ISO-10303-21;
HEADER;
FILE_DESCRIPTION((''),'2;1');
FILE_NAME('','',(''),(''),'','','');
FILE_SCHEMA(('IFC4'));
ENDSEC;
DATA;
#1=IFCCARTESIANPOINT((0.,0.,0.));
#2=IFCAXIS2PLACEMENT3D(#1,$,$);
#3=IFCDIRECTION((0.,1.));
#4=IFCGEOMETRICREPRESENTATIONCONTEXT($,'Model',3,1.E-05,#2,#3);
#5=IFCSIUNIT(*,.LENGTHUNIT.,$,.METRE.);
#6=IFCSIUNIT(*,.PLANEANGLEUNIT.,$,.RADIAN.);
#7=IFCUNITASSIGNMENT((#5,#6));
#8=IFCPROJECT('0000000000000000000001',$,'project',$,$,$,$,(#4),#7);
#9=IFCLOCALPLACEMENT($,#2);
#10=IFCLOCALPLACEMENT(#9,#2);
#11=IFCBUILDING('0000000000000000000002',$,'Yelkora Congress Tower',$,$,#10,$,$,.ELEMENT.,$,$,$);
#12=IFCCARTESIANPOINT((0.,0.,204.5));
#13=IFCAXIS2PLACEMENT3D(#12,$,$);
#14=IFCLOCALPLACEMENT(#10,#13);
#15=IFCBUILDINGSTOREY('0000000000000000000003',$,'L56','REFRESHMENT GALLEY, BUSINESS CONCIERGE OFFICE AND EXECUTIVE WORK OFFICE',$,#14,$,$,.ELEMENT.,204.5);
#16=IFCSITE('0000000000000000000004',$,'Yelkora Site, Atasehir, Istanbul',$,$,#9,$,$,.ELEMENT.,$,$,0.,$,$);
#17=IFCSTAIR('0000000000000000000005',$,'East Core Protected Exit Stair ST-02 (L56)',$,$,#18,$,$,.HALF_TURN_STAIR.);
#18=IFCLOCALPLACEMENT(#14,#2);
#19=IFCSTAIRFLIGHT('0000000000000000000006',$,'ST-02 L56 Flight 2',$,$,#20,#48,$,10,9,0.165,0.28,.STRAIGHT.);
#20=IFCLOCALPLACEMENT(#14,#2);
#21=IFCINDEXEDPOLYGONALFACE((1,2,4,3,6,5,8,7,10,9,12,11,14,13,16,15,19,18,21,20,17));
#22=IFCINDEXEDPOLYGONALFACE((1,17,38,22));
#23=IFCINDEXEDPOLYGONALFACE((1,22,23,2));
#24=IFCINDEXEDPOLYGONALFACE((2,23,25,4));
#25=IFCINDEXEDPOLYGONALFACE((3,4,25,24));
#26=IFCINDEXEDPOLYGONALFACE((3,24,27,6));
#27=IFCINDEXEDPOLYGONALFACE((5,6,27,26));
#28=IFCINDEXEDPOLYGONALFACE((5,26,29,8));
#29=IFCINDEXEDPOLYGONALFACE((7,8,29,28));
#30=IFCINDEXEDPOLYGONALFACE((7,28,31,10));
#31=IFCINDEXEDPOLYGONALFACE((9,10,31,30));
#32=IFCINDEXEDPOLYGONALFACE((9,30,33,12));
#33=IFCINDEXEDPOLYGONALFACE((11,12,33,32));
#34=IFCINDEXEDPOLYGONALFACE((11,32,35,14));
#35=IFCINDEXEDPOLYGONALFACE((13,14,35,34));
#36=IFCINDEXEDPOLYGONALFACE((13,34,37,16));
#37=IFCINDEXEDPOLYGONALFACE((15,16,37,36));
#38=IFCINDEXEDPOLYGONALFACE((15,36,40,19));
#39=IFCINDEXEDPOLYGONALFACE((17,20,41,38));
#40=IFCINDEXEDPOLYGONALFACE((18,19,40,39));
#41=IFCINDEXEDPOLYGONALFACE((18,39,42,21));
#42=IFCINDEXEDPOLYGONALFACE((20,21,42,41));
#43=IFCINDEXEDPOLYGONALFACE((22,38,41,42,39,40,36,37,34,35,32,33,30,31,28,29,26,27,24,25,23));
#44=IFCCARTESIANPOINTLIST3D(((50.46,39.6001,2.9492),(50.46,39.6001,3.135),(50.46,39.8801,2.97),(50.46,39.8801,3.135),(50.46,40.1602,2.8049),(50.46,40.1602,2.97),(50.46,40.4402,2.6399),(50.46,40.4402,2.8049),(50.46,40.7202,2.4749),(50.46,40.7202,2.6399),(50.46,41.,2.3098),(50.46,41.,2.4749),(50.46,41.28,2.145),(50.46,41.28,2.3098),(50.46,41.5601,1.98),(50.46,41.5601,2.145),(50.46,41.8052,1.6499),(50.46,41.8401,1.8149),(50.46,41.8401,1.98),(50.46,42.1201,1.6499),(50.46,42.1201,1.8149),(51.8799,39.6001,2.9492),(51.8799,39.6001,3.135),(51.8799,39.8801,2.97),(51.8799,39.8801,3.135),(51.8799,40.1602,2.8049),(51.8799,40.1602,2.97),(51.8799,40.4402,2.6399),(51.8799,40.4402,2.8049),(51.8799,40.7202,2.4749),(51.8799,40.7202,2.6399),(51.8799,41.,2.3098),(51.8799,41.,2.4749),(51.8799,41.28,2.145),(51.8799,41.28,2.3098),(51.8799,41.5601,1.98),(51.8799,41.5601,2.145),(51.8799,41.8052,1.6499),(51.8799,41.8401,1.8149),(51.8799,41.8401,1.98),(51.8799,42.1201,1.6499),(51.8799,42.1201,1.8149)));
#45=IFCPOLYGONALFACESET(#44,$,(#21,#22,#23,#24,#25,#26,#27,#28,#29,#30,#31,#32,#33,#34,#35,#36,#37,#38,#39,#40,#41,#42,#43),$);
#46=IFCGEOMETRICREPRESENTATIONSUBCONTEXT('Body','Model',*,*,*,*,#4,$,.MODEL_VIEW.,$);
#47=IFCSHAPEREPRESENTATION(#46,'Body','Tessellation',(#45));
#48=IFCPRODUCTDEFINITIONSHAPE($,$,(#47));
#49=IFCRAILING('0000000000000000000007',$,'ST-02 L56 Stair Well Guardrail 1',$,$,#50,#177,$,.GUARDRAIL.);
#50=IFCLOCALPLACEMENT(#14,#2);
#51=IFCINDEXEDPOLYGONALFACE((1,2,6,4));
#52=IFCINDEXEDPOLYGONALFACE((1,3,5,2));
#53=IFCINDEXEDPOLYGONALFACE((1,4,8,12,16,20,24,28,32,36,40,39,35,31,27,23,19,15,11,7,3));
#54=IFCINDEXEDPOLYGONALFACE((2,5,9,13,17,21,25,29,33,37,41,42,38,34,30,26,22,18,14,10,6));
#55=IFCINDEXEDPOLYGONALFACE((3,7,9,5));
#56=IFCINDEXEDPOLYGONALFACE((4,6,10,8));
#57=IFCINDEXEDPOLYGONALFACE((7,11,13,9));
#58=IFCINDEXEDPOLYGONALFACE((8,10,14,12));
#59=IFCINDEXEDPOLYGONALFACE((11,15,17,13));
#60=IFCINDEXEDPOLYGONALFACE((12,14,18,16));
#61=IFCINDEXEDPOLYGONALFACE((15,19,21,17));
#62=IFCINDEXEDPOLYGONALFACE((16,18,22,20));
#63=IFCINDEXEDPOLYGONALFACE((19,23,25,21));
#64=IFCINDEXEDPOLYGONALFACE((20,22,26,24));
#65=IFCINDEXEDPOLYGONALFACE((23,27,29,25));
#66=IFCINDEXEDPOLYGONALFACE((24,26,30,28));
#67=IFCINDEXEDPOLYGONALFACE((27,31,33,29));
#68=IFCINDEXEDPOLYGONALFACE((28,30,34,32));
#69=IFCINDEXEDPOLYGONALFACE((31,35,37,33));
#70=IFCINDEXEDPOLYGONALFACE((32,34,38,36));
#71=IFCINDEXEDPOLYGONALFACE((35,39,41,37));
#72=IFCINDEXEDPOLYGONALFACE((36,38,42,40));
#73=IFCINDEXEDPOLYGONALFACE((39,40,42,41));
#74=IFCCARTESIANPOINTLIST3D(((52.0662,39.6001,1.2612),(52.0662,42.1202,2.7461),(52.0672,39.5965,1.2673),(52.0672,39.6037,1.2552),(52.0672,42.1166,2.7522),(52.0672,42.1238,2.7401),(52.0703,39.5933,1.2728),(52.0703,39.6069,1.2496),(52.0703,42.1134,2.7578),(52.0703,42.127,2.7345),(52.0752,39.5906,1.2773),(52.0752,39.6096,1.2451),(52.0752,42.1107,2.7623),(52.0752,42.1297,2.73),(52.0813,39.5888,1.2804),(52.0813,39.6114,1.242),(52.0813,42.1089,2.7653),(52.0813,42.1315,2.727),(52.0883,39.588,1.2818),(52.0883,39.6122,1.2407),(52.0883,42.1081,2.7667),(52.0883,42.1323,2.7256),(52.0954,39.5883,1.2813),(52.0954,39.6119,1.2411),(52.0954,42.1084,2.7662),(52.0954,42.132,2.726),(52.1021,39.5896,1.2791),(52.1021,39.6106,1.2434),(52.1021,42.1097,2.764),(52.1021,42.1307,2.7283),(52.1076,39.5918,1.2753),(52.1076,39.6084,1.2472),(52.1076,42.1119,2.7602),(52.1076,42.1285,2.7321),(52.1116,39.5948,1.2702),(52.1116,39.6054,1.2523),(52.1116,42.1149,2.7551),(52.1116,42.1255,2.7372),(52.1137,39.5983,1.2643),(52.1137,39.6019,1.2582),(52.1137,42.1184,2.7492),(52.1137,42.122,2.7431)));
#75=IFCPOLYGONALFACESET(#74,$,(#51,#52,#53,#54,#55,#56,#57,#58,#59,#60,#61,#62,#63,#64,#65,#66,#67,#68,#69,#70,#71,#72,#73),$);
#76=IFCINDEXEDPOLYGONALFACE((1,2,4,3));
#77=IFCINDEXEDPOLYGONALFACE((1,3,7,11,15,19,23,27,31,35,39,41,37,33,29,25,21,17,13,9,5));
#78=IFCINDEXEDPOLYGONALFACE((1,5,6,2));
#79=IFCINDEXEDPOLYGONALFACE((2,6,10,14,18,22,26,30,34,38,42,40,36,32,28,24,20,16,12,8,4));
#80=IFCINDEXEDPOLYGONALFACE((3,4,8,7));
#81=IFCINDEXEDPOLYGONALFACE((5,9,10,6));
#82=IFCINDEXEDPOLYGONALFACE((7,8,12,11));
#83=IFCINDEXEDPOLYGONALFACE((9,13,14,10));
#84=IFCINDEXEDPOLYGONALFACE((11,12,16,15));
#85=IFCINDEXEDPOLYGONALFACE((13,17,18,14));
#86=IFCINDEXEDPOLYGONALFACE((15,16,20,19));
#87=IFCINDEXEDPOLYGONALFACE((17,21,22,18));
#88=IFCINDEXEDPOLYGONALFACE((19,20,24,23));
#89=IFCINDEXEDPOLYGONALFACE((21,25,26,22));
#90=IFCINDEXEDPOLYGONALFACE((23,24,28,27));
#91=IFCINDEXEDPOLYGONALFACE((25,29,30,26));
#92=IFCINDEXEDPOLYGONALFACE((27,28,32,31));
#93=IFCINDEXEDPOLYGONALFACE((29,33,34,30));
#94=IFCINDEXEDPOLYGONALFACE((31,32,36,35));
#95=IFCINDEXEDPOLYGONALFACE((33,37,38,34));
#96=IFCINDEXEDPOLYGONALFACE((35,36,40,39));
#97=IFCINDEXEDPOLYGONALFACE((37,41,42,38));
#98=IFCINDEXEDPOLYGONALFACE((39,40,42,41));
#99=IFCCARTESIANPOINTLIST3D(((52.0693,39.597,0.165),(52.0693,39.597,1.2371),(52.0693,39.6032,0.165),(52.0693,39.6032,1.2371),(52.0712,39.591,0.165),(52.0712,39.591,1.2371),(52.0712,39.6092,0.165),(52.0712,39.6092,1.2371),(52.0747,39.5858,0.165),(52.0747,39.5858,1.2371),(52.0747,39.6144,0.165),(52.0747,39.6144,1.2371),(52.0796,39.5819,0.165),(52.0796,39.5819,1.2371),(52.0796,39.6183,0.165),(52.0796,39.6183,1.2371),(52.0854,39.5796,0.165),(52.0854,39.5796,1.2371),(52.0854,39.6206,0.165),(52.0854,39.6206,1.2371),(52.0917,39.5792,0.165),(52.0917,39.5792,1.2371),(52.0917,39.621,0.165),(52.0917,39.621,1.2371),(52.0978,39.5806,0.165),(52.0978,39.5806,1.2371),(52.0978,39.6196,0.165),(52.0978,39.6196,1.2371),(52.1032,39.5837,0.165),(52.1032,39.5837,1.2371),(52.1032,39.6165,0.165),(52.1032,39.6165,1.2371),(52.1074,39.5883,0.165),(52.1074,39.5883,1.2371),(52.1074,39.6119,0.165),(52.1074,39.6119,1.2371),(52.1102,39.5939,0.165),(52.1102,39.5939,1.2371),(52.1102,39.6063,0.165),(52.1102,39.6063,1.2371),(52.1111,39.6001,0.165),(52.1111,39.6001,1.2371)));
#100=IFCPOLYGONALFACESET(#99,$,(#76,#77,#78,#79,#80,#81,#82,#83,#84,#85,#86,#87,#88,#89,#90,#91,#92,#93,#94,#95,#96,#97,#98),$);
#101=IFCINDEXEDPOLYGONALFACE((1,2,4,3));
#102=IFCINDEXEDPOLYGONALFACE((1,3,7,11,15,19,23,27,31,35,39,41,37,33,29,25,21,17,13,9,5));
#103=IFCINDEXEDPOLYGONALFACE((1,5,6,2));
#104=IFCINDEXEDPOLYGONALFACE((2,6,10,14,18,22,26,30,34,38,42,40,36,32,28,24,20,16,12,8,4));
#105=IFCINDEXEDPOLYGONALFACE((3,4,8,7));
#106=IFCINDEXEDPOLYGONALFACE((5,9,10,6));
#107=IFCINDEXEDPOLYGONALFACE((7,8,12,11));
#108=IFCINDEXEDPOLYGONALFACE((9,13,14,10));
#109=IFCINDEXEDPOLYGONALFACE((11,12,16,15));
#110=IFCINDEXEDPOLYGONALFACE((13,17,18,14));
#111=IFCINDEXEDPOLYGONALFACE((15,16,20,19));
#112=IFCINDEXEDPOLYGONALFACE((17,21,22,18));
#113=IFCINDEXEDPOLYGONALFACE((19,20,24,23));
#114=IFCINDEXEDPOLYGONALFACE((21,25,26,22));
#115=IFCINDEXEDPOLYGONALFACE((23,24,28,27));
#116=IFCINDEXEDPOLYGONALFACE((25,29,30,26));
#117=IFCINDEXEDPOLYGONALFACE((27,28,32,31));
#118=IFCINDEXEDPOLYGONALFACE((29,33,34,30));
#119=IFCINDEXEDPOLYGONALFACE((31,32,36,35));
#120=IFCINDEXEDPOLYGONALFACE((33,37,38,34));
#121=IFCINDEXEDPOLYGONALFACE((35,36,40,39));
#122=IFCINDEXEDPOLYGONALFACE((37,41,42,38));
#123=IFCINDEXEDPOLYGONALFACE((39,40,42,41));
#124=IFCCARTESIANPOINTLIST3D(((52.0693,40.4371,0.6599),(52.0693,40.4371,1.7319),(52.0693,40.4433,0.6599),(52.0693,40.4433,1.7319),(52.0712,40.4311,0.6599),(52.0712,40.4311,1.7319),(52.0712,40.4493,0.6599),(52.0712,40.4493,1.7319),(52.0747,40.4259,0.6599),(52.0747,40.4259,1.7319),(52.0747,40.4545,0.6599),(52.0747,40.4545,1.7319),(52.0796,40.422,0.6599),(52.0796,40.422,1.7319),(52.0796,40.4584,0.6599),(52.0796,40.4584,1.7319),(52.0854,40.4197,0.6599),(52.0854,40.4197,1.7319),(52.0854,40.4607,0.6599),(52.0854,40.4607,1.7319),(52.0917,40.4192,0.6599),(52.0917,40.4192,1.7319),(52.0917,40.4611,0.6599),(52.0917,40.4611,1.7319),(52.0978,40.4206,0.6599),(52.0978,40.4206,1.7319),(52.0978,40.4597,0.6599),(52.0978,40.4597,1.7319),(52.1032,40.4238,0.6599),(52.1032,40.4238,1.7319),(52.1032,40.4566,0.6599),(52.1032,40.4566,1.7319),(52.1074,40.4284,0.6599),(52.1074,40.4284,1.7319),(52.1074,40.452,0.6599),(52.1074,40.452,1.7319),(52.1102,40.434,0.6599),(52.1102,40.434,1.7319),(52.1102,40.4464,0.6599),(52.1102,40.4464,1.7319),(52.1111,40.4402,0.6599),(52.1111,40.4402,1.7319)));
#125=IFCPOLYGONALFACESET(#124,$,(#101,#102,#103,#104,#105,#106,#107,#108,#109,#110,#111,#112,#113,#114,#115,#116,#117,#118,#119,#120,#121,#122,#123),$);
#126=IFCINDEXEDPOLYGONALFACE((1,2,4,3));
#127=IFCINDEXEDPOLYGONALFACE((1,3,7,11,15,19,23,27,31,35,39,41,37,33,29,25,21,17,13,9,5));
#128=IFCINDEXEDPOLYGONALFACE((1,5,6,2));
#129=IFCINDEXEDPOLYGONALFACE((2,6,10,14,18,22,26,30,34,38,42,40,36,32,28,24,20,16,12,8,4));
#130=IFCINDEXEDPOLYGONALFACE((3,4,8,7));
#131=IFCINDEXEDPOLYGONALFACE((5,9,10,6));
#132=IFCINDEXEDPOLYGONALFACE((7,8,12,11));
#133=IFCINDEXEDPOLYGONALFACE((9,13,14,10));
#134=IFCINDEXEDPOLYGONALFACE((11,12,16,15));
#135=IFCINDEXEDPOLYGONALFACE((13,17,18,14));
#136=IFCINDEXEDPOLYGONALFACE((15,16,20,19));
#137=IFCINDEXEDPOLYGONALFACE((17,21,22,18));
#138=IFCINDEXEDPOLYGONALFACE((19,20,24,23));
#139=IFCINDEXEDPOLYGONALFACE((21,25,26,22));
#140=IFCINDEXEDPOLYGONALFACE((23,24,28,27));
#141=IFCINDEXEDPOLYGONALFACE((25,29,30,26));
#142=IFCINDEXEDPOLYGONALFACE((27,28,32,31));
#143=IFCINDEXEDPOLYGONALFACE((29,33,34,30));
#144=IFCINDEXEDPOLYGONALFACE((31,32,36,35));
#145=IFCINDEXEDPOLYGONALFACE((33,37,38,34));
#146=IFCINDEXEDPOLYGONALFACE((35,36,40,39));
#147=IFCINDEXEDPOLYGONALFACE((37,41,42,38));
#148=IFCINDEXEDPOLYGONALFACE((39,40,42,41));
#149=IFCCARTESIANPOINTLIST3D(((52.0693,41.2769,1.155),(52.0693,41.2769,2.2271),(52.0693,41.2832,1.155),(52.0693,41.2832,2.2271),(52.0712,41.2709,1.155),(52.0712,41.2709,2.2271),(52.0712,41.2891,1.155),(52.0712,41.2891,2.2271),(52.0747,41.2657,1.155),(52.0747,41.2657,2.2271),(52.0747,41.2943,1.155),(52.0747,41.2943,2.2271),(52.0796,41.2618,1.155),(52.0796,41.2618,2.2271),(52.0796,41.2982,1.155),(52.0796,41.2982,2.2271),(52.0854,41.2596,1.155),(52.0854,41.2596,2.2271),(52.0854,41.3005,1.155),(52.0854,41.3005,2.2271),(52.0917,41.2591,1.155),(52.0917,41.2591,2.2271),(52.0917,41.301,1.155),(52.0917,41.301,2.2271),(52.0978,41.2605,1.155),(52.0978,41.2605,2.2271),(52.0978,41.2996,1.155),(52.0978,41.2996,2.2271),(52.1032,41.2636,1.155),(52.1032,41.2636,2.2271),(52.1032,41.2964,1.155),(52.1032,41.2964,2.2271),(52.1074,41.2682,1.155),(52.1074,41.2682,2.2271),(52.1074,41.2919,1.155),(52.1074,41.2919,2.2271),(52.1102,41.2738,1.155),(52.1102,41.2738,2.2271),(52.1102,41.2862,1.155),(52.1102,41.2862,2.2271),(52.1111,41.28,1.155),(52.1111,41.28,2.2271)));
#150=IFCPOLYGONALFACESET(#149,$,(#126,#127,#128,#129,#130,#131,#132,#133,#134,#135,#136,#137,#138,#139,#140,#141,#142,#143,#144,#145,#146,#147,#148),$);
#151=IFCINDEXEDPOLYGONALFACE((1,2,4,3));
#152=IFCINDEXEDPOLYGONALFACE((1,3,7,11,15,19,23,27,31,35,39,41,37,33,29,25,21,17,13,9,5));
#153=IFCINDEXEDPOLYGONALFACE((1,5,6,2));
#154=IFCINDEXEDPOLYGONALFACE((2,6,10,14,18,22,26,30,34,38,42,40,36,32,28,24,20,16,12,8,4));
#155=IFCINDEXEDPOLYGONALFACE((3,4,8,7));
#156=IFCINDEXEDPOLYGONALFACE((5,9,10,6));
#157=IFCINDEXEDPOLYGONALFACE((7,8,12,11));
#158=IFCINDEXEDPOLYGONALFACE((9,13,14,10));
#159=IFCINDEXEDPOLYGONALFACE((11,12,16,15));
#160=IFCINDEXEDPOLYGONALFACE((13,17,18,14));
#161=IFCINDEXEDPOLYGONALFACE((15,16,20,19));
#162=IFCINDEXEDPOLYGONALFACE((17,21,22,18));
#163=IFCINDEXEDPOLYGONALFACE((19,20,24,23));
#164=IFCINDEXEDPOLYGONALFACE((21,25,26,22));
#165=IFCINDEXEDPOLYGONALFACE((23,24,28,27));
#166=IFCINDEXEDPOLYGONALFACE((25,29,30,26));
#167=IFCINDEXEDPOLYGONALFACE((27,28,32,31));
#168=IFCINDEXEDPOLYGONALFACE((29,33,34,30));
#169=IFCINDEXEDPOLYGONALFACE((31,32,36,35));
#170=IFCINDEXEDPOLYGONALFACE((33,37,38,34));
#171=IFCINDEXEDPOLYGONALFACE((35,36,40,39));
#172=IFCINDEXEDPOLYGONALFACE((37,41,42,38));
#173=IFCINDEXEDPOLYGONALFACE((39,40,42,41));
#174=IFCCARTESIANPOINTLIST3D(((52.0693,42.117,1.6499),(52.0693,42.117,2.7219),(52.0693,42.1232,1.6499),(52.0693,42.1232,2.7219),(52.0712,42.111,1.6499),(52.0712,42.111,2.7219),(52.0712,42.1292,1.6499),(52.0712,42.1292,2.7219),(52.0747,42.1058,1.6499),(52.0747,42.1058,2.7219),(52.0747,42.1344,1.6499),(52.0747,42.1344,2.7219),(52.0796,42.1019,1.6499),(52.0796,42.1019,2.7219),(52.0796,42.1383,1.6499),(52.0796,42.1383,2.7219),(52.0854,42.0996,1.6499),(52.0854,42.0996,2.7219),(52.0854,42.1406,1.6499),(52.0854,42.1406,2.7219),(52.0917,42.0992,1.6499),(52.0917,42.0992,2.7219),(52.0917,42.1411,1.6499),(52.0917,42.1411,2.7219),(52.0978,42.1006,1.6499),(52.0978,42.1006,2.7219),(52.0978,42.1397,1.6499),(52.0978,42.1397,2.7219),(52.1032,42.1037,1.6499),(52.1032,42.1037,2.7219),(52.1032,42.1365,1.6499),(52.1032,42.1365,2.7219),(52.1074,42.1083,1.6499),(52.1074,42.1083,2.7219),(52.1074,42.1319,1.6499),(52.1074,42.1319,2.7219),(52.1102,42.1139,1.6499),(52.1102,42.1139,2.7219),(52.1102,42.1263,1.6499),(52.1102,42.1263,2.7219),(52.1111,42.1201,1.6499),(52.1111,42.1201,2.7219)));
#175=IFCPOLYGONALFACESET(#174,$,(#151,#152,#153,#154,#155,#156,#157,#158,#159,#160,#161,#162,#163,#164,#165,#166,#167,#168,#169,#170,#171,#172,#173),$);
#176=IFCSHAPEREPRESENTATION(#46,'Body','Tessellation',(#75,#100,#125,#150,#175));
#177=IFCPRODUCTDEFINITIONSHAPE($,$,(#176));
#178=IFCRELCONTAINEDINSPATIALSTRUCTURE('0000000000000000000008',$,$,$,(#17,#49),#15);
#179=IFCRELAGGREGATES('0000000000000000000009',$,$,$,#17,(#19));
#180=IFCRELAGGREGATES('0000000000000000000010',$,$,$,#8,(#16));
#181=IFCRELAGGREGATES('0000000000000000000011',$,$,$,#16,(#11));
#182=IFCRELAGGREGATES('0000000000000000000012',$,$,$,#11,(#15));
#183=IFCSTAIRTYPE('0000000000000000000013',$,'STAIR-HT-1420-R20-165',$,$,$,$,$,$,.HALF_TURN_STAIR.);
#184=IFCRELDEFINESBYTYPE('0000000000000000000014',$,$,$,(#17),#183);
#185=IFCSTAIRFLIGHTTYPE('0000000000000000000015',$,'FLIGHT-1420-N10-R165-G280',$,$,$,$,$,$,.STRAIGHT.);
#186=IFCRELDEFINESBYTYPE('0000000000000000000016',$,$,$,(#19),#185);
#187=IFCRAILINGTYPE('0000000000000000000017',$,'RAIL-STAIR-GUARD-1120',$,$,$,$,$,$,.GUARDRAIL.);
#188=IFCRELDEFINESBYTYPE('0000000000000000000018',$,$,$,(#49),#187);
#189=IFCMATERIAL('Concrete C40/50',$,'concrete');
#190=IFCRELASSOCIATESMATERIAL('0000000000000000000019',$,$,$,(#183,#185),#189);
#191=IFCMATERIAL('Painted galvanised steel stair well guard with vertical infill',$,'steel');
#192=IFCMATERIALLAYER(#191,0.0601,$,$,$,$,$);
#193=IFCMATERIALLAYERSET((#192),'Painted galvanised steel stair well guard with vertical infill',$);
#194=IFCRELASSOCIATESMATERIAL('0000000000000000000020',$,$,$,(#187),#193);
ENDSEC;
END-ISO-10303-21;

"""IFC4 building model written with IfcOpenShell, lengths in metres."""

from ifc_helpers import new_model, si_unit, direction, frame, origin, origin_2d, place, context, subcontext, project, spatial, polyline, circle, outline, extrude, material, layer, layer_set, type_object, element, aggregate, save


model = new_model("IFC4")

# Units and contexts
model_context = context("Model", 3, precision=1e-05, world=origin(), true_north=direction((0.0, 1.0)))
body_context = subcontext(model_context, "Body", "Model", "MODEL_VIEW")
ifc_project = project(units=[si_unit("LENGTHUNIT", "METRE"), si_unit("PLANEANGLEUNIT", "RADIAN")], contexts=[model_context])

# Site, building, storey
site_placement = place(None, origin())
site = spatial("IfcSite", under=ifc_project, at=site_placement, Name="Yelkora Site, Atasehir, Istanbul", CompositionType="ELEMENT", RefElevation=0.0)
building_placement = place(site_placement, origin())
building = spatial("IfcBuilding", under=site, at=building_placement, Name="Yelkora Congress Tower", CompositionType="ELEMENT")
storey_placement = place(building_placement, frame((0.0, 0.0, 204.5)))
storey = spatial("IfcBuildingStorey", under=building, at=storey_placement, Name="L56", Description="REFRESHMENT GALLEY, BUSINESS CONCIERGE OFFICE AND EXECUTIVE WORK OFFICE", CompositionType="ELEMENT", Elevation=204.5)

# Stair, stair flight
ifc_material_1 = material(Name="Concrete C40/50", Category="concrete")
stair_type = type_object("IfcStairType", Name="STAIR-HT-1420-R20-165", PredefinedType="HALF_TURN_STAIR", material=ifc_material_1)
stair_placement = place(storey_placement, origin())
stair = element("IfcStair", 1, at=stair_placement, inside=storey, type_object=stair_type, Name="East Core Protected Exit Stair ST-02 (L56)", PredefinedType="HALF_TURN_STAIR")
stair_flight_type = type_object("IfcStairFlightType", Name="FLIGHT-1420-N10-R165-G280", PredefinedType="STRAIGHT", material=ifc_material_1)
stair_flight_1_placement = place(storey_placement, frame((51.1699, 42.1201, 1.6499), z_axis=(0.0, 0.0, 1.0), x_axis=(0.0, -1.0, 0.0)))
stair_flight_1 = element("IfcStairFlight", 2, at=stair_flight_1_placement, type_object=stair_flight_type, Name="ST-02 L56 Flight 2", NumberOfRisers=10, NumberOfTreads=9, PredefinedType="STRAIGHT", RiserHeight=0.165, TreadLength=0.28, context=body_context, shape_type="SweptSolid", body=[
    extrude(outline(polyline([(0.0, 0.0), (0.0, 0.165), (0.28, 0.165), (0.28, 0.3301), (0.5601, 0.3301), (0.5601, 0.4951), (0.8401, 0.4951), (0.8401, 0.6599), (1.1201, 0.6599), (1.1201, 0.825), (1.3999, 0.825), (1.3999, 0.99), (1.6799, 0.99), (1.6799, 1.155), (1.96, 1.155), (1.96, 1.3201), (2.24, 1.3201), (2.24, 1.4851), (2.52, 1.4851), (2.52, 1.6499), (2.52, 1.2993), (0.3149, 0.0), (0.0, 0.0)])), frame((0.0, 0.71, 0.0), z_axis=(0.0, -1.0, 0.0), x_axis=(1.0, 0.0, 0.0)), (0.0, 0.0, 1.0), 1.4199),
])
aggregate(stair, [stair_flight_1])

# Railing
ifc_material_2 = material(Name="Painted galvanised steel stair well guard with vertical infill", Category="steel")
ifc_layer_1 = layer(ifc_material_2, 0.0601)
ifc_layer_set_1 = layer_set([ifc_layer_1], Name="Painted galvanised steel stair well guard with vertical infill")
railing_type_1 = type_object("IfcRailingType", Name="RAIL-STAIR-GUARD-1120", PredefinedType="GUARDRAIL", material=ifc_layer_set_1)
railing_1_placement = place(storey_placement, frame((52.0901, 39.6001, 0.165)))
element("IfcRailing", 3, at=railing_1_placement, inside=storey, type_object=railing_type_1, Name="ST-02 L56 Stair Well Guardrail 1", PredefinedType="GUARDRAIL", context=body_context, shape_type="SweptSolid", body=[
    extrude(circle(Radius=0.0239, at=origin_2d()), frame((0.0, 0.0, 1.0962), z_axis=(0.0, 0.861561, 0.507655), x_axis=(-1.0, 0.0, 0.0)), (0.0, 0.0, 1.0), 2.925),
    extrude(circle(Radius=0.021, at=origin_2d()), origin(), (0.0, 0.0, 1.0), 1.072),
    extrude(circle(Radius=0.021, at=origin_2d()), frame((0.0, 0.8401, 0.4949)), (0.0, 0.0, 1.0), 1.072),
    extrude(circle(Radius=0.021, at=origin_2d()), frame((0.0, 1.6799, 0.99)), (0.0, 0.0, 1.0), 1.072),
    extrude(circle(Radius=0.021, at=origin_2d()), frame((0.0, 2.52, 1.4849)), (0.0, 0.0, 1.0), 1.072),
])

save(model, "model.ifc")
